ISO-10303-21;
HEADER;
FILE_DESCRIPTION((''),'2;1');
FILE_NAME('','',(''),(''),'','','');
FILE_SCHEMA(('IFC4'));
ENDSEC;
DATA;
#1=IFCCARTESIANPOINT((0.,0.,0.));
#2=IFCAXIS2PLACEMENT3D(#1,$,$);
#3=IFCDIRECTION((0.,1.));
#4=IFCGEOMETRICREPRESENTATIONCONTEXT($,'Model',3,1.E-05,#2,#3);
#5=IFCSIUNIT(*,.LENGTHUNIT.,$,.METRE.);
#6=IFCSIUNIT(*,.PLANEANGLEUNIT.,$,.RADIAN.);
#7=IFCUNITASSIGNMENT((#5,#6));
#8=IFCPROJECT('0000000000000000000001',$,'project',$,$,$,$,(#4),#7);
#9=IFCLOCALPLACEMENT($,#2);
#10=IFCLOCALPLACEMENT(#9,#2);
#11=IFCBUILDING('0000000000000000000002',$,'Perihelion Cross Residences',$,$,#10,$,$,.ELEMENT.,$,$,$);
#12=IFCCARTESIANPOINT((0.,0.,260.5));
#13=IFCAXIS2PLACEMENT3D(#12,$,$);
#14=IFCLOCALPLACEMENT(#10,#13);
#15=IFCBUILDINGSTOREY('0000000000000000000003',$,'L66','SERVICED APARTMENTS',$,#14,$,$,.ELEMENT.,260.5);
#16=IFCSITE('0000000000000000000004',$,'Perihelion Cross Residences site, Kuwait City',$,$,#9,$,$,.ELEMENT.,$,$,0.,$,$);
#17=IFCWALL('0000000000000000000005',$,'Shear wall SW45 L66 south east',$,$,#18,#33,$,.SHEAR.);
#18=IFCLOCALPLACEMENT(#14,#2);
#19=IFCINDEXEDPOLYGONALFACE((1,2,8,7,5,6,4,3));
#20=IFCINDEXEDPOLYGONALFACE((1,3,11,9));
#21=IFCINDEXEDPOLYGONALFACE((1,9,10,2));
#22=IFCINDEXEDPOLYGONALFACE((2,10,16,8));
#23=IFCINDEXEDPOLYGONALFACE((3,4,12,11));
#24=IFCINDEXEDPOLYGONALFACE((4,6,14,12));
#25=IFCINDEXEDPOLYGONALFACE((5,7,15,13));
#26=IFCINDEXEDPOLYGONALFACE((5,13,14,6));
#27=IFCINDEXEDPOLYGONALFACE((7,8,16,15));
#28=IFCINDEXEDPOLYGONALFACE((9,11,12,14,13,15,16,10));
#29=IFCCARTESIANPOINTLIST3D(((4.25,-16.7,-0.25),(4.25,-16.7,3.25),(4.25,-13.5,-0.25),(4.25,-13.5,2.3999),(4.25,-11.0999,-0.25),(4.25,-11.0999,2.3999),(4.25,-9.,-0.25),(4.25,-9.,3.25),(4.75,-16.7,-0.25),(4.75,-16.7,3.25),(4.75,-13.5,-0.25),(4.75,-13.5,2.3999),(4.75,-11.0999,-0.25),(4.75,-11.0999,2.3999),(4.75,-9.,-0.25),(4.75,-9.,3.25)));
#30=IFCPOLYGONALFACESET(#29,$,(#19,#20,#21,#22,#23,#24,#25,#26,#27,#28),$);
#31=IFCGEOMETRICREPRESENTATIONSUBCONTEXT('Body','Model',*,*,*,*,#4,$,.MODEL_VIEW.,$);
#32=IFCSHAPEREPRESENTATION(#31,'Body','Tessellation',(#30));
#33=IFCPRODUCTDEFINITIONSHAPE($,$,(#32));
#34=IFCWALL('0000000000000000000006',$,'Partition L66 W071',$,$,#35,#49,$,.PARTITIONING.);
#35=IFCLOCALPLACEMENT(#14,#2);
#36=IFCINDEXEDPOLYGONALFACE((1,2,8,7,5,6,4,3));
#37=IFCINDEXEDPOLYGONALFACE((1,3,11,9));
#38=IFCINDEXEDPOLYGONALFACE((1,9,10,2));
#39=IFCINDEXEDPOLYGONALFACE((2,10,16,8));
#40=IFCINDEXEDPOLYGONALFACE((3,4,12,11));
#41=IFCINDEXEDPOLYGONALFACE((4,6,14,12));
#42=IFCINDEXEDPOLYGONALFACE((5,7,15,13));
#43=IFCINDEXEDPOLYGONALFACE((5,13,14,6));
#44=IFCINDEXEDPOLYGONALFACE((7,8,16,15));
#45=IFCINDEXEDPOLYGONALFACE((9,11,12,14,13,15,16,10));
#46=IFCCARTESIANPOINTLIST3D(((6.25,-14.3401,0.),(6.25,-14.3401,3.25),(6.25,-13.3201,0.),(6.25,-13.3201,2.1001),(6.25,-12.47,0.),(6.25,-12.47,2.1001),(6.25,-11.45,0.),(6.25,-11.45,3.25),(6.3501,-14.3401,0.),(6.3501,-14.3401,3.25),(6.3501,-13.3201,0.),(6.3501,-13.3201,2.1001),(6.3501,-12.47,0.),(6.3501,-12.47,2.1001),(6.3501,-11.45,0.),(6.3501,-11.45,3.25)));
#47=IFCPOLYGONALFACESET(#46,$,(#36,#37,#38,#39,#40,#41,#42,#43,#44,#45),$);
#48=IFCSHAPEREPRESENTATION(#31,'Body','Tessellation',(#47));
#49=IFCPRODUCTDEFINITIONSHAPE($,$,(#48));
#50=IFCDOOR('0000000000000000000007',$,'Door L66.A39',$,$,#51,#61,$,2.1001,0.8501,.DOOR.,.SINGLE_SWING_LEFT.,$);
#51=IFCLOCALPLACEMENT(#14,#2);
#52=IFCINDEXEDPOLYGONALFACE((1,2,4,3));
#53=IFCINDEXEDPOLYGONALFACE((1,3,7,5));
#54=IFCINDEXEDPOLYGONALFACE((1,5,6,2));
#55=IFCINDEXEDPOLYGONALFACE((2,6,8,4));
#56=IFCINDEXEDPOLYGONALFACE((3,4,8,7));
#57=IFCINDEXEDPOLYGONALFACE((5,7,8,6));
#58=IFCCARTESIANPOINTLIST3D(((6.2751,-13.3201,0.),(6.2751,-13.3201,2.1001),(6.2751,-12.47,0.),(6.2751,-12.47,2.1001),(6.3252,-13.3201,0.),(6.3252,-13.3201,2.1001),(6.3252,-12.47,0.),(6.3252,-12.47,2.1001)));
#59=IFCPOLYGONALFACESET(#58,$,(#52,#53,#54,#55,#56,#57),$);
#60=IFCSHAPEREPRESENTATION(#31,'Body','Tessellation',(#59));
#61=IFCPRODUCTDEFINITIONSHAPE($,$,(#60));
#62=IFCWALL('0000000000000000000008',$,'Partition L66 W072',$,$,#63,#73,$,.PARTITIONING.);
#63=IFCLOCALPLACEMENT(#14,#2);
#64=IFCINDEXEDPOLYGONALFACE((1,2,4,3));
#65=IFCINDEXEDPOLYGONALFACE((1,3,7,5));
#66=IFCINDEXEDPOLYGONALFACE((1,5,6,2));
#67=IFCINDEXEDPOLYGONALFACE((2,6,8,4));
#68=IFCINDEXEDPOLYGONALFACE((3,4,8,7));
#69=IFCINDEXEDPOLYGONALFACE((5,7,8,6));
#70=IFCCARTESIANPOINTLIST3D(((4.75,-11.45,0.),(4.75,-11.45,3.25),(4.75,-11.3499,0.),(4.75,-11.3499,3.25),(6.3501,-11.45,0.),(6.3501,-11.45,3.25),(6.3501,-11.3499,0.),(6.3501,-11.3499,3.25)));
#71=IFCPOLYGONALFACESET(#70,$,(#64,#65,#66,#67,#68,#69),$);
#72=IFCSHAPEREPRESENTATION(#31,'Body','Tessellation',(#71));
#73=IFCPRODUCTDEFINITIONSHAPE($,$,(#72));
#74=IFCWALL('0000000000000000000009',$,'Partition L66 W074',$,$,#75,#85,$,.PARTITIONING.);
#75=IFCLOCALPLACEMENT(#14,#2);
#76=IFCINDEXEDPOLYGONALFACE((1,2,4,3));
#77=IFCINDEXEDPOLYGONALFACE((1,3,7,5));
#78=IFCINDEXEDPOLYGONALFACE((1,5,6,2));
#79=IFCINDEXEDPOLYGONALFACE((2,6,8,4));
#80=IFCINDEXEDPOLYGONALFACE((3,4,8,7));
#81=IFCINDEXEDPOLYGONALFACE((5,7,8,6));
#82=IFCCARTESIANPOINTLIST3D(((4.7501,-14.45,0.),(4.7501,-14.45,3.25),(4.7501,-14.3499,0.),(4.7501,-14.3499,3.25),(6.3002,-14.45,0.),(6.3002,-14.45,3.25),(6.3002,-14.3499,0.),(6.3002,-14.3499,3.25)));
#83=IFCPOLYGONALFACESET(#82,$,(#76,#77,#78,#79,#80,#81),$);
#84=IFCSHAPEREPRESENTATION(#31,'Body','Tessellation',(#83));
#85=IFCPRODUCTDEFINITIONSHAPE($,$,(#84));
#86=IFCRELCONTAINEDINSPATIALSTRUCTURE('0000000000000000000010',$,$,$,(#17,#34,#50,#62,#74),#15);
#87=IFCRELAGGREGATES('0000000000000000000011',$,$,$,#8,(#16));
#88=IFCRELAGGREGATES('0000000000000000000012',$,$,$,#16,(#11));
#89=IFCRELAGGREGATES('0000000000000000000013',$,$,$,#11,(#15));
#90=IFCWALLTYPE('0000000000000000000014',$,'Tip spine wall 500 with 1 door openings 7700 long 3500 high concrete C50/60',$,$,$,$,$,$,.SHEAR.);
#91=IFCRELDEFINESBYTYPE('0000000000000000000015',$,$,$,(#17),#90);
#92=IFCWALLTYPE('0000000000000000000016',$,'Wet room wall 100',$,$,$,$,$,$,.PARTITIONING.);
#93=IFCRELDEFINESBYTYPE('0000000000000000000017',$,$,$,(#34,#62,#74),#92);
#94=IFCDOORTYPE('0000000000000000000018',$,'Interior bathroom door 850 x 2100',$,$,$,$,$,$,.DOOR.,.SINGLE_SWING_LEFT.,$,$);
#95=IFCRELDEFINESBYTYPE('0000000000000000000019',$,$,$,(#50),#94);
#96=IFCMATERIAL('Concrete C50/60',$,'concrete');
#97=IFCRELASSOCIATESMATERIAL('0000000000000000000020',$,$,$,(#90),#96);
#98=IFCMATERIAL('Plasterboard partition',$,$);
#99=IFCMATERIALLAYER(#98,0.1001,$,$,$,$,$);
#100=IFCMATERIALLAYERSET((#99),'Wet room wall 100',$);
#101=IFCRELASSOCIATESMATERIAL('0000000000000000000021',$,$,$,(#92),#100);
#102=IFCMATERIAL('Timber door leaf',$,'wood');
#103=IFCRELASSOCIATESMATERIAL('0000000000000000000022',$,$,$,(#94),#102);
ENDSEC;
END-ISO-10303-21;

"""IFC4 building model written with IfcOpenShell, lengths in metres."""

from ifc_helpers import new_model, si_unit, direction, frame, frame_2d, origin, place, context, subcontext, project, spatial, polyline, rectangle, outline, extrude, material, layer, layer_set, material_profile, profile_set, type_object, element, fill, save


model = new_model("IFC4")

# Units and contexts
model_context = context("Model", 3, precision=1e-05, world=origin(), true_north=direction((0.0, 1.0)))
body_context = subcontext(model_context, "Body", "Model", "MODEL_VIEW")
ifc_project = project(units=[si_unit("LENGTHUNIT", "METRE"), si_unit("PLANEANGLEUNIT", "RADIAN")], contexts=[model_context])

# Site, building, storey
site_placement = place(None, origin())
site = spatial("IfcSite", under=ifc_project, at=site_placement, Name="Perihelion Cross Residences site, Kuwait City", CompositionType="ELEMENT", RefElevation=0.0)
building_placement = place(site_placement, origin())
building = spatial("IfcBuilding", under=site, at=building_placement, Name="Perihelion Cross Residences", CompositionType="ELEMENT")
storey_placement = place(building_placement, frame((0.0, 0.0, 260.5)))
storey = spatial("IfcBuildingStorey", under=building, at=storey_placement, Name="L66", Description="SERVICED APARTMENTS", CompositionType="ELEMENT", Elevation=260.5)

# Wall
ifc_material_1 = material(Name="Concrete C50/60", Category="concrete")
ifc_material_profile_1 = material_profile(ifc_material_1, outline(polyline([(0.0, 0.0), (3.2, 0.0), (3.2, 2.6499), (5.6001, 2.6499), (5.6001, 0.0), (7.7, 0.0), (7.7, 3.5), (0.0, 3.5), (0.0, 0.0)])), Name="Tip spine wall")
ifc_profile_set_1 = profile_set([ifc_material_profile_1], Name="Concrete C50/60")
wall_type_1 = type_object("IfcWallType", Name="Tip spine wall 500 with 1 door openings 7700 long 3500 high concrete C50/60", PredefinedType="SHEAR", material=ifc_profile_set_1)
wall_1_placement = place(storey_placement, frame((4.25, -16.7, -0.25), z_axis=(1.0, 0.0, 0.0), x_axis=(0.0, 1.0, 0.0)))
element("IfcWall", 1, at=wall_1_placement, inside=storey, type_object=wall_type_1, Name="Shear wall SW45 L66 south east", PredefinedType="SHEAR", context=body_context, shape_type="SweptSolid", body=[
    extrude(outline(polyline([(0.0, 0.0), (3.2, 0.0), (3.2, 2.6499), (5.6001, 2.6499), (5.6001, 0.0), (7.7, 0.0), (7.7, 3.5), (0.0, 3.5), (0.0, 0.0)])), origin(), (0.0, 0.0, 1.0), 0.5),
])

# Wall, opening, door
ifc_material_2 = material(Name="Plasterboard partition")
ifc_layer_1 = layer(ifc_material_2, 0.1001)
ifc_layer_set_1 = layer_set([ifc_layer_1], Name="Wet room wall 100")
wall_type_2 = type_object("IfcWallType", Name="Wet room wall 100", PredefinedType="PARTITIONING", material=ifc_layer_set_1)
wall_2_placement = place(storey_placement, frame((6.3, -14.3401, 0.0), z_axis=(0.0, 0.0, 1.0), x_axis=(0.0, 1.0, 0.0)))
wall_2 = element("IfcWall", 2, at=wall_2_placement, inside=storey, type_object=wall_type_2, Name="Partition L66 W071", PredefinedType="PARTITIONING", context=body_context, shape_type="SweptSolid", body=[
    extrude(rectangle(XDim=2.8901, YDim=0.1001, at=frame_2d((1.4451, 0.0))), origin(), (0.0, 0.0, 1.0), 3.25),
])
opening_1_placement = place(wall_2_placement, frame((1.02, 0.0, 0.0)))
opening_1 = element("IfcOpeningElement", 3, at=opening_1_placement, cuts=wall_2, PredefinedType="OPENING", context=body_context, shape_type="SweptSolid", body=[
    extrude(rectangle(XDim=0.8501, YDim=2.1001, at=frame_2d((0.425, 1.05))), frame((0.0, 0.0601, 0.0), z_axis=(0.0, -1.0, 0.0), x_axis=(1.0, 0.0, 0.0)), (0.0, 0.0, 1.0), 0.1201),
])
ifc_material_3 = material(Name="Timber door leaf", Category="wood")
door_type_1 = type_object("IfcDoorType", Name="Interior bathroom door 850 x 2100", OperationType="SINGLE_SWING_LEFT", PredefinedType="DOOR", material=ifc_material_3)
door_1_placement = place(opening_1_placement, origin())
door_1 = element("IfcDoor", 4, at=door_1_placement, inside=storey, type_object=door_type_1, Name="Door L66.A39", OperationType="SINGLE_SWING_LEFT", OverallHeight=2.1001, OverallWidth=0.8501, PredefinedType="DOOR", context=body_context, shape_type="SweptSolid", body=[
    extrude(rectangle(XDim=0.8501, YDim=2.1001, at=frame_2d((0.425, 1.05))), frame((0.0, 0.0249, 0.0), z_axis=(0.0, -1.0, 0.0), x_axis=(1.0, 0.0, 0.0)), (0.0, 0.0, 1.0), 0.05),
])
fill(opening_1, door_1)

# Walls
wall_3_placement = place(storey_placement, frame((6.3501, -11.3999, 0.0), z_axis=(0.0, 0.0, 1.0), x_axis=(-1.0, 0.0, 0.0)))
element("IfcWall", 5, at=wall_3_placement, inside=storey, type_object=wall_type_2, Name="Partition L66 W072", PredefinedType="PARTITIONING", context=body_context, shape_type="SweptSolid", body=[
    extrude(rectangle(XDim=1.6001, YDim=0.1001, at=frame_2d((0.8, 0.0))), origin(), (0.0, 0.0, 1.0), 3.25),
])
wall_4_placement = place(storey_placement, frame((6.3, -14.3999, 0.0), z_axis=(0.0, 0.0, 1.0), x_axis=(-1.0, 0.0, 0.0)))
element("IfcWall", 6, at=wall_4_placement, inside=storey, type_object=wall_type_2, Name="Partition L66 W074", PredefinedType="PARTITIONING", context=body_context, shape_type="SweptSolid", body=[
    extrude(rectangle(XDim=1.55, YDim=0.1001, at=frame_2d((0.7749, 0.0))), origin(), (0.0, 0.0, 1.0), 3.25),
])

save(model, "model.ifc")
